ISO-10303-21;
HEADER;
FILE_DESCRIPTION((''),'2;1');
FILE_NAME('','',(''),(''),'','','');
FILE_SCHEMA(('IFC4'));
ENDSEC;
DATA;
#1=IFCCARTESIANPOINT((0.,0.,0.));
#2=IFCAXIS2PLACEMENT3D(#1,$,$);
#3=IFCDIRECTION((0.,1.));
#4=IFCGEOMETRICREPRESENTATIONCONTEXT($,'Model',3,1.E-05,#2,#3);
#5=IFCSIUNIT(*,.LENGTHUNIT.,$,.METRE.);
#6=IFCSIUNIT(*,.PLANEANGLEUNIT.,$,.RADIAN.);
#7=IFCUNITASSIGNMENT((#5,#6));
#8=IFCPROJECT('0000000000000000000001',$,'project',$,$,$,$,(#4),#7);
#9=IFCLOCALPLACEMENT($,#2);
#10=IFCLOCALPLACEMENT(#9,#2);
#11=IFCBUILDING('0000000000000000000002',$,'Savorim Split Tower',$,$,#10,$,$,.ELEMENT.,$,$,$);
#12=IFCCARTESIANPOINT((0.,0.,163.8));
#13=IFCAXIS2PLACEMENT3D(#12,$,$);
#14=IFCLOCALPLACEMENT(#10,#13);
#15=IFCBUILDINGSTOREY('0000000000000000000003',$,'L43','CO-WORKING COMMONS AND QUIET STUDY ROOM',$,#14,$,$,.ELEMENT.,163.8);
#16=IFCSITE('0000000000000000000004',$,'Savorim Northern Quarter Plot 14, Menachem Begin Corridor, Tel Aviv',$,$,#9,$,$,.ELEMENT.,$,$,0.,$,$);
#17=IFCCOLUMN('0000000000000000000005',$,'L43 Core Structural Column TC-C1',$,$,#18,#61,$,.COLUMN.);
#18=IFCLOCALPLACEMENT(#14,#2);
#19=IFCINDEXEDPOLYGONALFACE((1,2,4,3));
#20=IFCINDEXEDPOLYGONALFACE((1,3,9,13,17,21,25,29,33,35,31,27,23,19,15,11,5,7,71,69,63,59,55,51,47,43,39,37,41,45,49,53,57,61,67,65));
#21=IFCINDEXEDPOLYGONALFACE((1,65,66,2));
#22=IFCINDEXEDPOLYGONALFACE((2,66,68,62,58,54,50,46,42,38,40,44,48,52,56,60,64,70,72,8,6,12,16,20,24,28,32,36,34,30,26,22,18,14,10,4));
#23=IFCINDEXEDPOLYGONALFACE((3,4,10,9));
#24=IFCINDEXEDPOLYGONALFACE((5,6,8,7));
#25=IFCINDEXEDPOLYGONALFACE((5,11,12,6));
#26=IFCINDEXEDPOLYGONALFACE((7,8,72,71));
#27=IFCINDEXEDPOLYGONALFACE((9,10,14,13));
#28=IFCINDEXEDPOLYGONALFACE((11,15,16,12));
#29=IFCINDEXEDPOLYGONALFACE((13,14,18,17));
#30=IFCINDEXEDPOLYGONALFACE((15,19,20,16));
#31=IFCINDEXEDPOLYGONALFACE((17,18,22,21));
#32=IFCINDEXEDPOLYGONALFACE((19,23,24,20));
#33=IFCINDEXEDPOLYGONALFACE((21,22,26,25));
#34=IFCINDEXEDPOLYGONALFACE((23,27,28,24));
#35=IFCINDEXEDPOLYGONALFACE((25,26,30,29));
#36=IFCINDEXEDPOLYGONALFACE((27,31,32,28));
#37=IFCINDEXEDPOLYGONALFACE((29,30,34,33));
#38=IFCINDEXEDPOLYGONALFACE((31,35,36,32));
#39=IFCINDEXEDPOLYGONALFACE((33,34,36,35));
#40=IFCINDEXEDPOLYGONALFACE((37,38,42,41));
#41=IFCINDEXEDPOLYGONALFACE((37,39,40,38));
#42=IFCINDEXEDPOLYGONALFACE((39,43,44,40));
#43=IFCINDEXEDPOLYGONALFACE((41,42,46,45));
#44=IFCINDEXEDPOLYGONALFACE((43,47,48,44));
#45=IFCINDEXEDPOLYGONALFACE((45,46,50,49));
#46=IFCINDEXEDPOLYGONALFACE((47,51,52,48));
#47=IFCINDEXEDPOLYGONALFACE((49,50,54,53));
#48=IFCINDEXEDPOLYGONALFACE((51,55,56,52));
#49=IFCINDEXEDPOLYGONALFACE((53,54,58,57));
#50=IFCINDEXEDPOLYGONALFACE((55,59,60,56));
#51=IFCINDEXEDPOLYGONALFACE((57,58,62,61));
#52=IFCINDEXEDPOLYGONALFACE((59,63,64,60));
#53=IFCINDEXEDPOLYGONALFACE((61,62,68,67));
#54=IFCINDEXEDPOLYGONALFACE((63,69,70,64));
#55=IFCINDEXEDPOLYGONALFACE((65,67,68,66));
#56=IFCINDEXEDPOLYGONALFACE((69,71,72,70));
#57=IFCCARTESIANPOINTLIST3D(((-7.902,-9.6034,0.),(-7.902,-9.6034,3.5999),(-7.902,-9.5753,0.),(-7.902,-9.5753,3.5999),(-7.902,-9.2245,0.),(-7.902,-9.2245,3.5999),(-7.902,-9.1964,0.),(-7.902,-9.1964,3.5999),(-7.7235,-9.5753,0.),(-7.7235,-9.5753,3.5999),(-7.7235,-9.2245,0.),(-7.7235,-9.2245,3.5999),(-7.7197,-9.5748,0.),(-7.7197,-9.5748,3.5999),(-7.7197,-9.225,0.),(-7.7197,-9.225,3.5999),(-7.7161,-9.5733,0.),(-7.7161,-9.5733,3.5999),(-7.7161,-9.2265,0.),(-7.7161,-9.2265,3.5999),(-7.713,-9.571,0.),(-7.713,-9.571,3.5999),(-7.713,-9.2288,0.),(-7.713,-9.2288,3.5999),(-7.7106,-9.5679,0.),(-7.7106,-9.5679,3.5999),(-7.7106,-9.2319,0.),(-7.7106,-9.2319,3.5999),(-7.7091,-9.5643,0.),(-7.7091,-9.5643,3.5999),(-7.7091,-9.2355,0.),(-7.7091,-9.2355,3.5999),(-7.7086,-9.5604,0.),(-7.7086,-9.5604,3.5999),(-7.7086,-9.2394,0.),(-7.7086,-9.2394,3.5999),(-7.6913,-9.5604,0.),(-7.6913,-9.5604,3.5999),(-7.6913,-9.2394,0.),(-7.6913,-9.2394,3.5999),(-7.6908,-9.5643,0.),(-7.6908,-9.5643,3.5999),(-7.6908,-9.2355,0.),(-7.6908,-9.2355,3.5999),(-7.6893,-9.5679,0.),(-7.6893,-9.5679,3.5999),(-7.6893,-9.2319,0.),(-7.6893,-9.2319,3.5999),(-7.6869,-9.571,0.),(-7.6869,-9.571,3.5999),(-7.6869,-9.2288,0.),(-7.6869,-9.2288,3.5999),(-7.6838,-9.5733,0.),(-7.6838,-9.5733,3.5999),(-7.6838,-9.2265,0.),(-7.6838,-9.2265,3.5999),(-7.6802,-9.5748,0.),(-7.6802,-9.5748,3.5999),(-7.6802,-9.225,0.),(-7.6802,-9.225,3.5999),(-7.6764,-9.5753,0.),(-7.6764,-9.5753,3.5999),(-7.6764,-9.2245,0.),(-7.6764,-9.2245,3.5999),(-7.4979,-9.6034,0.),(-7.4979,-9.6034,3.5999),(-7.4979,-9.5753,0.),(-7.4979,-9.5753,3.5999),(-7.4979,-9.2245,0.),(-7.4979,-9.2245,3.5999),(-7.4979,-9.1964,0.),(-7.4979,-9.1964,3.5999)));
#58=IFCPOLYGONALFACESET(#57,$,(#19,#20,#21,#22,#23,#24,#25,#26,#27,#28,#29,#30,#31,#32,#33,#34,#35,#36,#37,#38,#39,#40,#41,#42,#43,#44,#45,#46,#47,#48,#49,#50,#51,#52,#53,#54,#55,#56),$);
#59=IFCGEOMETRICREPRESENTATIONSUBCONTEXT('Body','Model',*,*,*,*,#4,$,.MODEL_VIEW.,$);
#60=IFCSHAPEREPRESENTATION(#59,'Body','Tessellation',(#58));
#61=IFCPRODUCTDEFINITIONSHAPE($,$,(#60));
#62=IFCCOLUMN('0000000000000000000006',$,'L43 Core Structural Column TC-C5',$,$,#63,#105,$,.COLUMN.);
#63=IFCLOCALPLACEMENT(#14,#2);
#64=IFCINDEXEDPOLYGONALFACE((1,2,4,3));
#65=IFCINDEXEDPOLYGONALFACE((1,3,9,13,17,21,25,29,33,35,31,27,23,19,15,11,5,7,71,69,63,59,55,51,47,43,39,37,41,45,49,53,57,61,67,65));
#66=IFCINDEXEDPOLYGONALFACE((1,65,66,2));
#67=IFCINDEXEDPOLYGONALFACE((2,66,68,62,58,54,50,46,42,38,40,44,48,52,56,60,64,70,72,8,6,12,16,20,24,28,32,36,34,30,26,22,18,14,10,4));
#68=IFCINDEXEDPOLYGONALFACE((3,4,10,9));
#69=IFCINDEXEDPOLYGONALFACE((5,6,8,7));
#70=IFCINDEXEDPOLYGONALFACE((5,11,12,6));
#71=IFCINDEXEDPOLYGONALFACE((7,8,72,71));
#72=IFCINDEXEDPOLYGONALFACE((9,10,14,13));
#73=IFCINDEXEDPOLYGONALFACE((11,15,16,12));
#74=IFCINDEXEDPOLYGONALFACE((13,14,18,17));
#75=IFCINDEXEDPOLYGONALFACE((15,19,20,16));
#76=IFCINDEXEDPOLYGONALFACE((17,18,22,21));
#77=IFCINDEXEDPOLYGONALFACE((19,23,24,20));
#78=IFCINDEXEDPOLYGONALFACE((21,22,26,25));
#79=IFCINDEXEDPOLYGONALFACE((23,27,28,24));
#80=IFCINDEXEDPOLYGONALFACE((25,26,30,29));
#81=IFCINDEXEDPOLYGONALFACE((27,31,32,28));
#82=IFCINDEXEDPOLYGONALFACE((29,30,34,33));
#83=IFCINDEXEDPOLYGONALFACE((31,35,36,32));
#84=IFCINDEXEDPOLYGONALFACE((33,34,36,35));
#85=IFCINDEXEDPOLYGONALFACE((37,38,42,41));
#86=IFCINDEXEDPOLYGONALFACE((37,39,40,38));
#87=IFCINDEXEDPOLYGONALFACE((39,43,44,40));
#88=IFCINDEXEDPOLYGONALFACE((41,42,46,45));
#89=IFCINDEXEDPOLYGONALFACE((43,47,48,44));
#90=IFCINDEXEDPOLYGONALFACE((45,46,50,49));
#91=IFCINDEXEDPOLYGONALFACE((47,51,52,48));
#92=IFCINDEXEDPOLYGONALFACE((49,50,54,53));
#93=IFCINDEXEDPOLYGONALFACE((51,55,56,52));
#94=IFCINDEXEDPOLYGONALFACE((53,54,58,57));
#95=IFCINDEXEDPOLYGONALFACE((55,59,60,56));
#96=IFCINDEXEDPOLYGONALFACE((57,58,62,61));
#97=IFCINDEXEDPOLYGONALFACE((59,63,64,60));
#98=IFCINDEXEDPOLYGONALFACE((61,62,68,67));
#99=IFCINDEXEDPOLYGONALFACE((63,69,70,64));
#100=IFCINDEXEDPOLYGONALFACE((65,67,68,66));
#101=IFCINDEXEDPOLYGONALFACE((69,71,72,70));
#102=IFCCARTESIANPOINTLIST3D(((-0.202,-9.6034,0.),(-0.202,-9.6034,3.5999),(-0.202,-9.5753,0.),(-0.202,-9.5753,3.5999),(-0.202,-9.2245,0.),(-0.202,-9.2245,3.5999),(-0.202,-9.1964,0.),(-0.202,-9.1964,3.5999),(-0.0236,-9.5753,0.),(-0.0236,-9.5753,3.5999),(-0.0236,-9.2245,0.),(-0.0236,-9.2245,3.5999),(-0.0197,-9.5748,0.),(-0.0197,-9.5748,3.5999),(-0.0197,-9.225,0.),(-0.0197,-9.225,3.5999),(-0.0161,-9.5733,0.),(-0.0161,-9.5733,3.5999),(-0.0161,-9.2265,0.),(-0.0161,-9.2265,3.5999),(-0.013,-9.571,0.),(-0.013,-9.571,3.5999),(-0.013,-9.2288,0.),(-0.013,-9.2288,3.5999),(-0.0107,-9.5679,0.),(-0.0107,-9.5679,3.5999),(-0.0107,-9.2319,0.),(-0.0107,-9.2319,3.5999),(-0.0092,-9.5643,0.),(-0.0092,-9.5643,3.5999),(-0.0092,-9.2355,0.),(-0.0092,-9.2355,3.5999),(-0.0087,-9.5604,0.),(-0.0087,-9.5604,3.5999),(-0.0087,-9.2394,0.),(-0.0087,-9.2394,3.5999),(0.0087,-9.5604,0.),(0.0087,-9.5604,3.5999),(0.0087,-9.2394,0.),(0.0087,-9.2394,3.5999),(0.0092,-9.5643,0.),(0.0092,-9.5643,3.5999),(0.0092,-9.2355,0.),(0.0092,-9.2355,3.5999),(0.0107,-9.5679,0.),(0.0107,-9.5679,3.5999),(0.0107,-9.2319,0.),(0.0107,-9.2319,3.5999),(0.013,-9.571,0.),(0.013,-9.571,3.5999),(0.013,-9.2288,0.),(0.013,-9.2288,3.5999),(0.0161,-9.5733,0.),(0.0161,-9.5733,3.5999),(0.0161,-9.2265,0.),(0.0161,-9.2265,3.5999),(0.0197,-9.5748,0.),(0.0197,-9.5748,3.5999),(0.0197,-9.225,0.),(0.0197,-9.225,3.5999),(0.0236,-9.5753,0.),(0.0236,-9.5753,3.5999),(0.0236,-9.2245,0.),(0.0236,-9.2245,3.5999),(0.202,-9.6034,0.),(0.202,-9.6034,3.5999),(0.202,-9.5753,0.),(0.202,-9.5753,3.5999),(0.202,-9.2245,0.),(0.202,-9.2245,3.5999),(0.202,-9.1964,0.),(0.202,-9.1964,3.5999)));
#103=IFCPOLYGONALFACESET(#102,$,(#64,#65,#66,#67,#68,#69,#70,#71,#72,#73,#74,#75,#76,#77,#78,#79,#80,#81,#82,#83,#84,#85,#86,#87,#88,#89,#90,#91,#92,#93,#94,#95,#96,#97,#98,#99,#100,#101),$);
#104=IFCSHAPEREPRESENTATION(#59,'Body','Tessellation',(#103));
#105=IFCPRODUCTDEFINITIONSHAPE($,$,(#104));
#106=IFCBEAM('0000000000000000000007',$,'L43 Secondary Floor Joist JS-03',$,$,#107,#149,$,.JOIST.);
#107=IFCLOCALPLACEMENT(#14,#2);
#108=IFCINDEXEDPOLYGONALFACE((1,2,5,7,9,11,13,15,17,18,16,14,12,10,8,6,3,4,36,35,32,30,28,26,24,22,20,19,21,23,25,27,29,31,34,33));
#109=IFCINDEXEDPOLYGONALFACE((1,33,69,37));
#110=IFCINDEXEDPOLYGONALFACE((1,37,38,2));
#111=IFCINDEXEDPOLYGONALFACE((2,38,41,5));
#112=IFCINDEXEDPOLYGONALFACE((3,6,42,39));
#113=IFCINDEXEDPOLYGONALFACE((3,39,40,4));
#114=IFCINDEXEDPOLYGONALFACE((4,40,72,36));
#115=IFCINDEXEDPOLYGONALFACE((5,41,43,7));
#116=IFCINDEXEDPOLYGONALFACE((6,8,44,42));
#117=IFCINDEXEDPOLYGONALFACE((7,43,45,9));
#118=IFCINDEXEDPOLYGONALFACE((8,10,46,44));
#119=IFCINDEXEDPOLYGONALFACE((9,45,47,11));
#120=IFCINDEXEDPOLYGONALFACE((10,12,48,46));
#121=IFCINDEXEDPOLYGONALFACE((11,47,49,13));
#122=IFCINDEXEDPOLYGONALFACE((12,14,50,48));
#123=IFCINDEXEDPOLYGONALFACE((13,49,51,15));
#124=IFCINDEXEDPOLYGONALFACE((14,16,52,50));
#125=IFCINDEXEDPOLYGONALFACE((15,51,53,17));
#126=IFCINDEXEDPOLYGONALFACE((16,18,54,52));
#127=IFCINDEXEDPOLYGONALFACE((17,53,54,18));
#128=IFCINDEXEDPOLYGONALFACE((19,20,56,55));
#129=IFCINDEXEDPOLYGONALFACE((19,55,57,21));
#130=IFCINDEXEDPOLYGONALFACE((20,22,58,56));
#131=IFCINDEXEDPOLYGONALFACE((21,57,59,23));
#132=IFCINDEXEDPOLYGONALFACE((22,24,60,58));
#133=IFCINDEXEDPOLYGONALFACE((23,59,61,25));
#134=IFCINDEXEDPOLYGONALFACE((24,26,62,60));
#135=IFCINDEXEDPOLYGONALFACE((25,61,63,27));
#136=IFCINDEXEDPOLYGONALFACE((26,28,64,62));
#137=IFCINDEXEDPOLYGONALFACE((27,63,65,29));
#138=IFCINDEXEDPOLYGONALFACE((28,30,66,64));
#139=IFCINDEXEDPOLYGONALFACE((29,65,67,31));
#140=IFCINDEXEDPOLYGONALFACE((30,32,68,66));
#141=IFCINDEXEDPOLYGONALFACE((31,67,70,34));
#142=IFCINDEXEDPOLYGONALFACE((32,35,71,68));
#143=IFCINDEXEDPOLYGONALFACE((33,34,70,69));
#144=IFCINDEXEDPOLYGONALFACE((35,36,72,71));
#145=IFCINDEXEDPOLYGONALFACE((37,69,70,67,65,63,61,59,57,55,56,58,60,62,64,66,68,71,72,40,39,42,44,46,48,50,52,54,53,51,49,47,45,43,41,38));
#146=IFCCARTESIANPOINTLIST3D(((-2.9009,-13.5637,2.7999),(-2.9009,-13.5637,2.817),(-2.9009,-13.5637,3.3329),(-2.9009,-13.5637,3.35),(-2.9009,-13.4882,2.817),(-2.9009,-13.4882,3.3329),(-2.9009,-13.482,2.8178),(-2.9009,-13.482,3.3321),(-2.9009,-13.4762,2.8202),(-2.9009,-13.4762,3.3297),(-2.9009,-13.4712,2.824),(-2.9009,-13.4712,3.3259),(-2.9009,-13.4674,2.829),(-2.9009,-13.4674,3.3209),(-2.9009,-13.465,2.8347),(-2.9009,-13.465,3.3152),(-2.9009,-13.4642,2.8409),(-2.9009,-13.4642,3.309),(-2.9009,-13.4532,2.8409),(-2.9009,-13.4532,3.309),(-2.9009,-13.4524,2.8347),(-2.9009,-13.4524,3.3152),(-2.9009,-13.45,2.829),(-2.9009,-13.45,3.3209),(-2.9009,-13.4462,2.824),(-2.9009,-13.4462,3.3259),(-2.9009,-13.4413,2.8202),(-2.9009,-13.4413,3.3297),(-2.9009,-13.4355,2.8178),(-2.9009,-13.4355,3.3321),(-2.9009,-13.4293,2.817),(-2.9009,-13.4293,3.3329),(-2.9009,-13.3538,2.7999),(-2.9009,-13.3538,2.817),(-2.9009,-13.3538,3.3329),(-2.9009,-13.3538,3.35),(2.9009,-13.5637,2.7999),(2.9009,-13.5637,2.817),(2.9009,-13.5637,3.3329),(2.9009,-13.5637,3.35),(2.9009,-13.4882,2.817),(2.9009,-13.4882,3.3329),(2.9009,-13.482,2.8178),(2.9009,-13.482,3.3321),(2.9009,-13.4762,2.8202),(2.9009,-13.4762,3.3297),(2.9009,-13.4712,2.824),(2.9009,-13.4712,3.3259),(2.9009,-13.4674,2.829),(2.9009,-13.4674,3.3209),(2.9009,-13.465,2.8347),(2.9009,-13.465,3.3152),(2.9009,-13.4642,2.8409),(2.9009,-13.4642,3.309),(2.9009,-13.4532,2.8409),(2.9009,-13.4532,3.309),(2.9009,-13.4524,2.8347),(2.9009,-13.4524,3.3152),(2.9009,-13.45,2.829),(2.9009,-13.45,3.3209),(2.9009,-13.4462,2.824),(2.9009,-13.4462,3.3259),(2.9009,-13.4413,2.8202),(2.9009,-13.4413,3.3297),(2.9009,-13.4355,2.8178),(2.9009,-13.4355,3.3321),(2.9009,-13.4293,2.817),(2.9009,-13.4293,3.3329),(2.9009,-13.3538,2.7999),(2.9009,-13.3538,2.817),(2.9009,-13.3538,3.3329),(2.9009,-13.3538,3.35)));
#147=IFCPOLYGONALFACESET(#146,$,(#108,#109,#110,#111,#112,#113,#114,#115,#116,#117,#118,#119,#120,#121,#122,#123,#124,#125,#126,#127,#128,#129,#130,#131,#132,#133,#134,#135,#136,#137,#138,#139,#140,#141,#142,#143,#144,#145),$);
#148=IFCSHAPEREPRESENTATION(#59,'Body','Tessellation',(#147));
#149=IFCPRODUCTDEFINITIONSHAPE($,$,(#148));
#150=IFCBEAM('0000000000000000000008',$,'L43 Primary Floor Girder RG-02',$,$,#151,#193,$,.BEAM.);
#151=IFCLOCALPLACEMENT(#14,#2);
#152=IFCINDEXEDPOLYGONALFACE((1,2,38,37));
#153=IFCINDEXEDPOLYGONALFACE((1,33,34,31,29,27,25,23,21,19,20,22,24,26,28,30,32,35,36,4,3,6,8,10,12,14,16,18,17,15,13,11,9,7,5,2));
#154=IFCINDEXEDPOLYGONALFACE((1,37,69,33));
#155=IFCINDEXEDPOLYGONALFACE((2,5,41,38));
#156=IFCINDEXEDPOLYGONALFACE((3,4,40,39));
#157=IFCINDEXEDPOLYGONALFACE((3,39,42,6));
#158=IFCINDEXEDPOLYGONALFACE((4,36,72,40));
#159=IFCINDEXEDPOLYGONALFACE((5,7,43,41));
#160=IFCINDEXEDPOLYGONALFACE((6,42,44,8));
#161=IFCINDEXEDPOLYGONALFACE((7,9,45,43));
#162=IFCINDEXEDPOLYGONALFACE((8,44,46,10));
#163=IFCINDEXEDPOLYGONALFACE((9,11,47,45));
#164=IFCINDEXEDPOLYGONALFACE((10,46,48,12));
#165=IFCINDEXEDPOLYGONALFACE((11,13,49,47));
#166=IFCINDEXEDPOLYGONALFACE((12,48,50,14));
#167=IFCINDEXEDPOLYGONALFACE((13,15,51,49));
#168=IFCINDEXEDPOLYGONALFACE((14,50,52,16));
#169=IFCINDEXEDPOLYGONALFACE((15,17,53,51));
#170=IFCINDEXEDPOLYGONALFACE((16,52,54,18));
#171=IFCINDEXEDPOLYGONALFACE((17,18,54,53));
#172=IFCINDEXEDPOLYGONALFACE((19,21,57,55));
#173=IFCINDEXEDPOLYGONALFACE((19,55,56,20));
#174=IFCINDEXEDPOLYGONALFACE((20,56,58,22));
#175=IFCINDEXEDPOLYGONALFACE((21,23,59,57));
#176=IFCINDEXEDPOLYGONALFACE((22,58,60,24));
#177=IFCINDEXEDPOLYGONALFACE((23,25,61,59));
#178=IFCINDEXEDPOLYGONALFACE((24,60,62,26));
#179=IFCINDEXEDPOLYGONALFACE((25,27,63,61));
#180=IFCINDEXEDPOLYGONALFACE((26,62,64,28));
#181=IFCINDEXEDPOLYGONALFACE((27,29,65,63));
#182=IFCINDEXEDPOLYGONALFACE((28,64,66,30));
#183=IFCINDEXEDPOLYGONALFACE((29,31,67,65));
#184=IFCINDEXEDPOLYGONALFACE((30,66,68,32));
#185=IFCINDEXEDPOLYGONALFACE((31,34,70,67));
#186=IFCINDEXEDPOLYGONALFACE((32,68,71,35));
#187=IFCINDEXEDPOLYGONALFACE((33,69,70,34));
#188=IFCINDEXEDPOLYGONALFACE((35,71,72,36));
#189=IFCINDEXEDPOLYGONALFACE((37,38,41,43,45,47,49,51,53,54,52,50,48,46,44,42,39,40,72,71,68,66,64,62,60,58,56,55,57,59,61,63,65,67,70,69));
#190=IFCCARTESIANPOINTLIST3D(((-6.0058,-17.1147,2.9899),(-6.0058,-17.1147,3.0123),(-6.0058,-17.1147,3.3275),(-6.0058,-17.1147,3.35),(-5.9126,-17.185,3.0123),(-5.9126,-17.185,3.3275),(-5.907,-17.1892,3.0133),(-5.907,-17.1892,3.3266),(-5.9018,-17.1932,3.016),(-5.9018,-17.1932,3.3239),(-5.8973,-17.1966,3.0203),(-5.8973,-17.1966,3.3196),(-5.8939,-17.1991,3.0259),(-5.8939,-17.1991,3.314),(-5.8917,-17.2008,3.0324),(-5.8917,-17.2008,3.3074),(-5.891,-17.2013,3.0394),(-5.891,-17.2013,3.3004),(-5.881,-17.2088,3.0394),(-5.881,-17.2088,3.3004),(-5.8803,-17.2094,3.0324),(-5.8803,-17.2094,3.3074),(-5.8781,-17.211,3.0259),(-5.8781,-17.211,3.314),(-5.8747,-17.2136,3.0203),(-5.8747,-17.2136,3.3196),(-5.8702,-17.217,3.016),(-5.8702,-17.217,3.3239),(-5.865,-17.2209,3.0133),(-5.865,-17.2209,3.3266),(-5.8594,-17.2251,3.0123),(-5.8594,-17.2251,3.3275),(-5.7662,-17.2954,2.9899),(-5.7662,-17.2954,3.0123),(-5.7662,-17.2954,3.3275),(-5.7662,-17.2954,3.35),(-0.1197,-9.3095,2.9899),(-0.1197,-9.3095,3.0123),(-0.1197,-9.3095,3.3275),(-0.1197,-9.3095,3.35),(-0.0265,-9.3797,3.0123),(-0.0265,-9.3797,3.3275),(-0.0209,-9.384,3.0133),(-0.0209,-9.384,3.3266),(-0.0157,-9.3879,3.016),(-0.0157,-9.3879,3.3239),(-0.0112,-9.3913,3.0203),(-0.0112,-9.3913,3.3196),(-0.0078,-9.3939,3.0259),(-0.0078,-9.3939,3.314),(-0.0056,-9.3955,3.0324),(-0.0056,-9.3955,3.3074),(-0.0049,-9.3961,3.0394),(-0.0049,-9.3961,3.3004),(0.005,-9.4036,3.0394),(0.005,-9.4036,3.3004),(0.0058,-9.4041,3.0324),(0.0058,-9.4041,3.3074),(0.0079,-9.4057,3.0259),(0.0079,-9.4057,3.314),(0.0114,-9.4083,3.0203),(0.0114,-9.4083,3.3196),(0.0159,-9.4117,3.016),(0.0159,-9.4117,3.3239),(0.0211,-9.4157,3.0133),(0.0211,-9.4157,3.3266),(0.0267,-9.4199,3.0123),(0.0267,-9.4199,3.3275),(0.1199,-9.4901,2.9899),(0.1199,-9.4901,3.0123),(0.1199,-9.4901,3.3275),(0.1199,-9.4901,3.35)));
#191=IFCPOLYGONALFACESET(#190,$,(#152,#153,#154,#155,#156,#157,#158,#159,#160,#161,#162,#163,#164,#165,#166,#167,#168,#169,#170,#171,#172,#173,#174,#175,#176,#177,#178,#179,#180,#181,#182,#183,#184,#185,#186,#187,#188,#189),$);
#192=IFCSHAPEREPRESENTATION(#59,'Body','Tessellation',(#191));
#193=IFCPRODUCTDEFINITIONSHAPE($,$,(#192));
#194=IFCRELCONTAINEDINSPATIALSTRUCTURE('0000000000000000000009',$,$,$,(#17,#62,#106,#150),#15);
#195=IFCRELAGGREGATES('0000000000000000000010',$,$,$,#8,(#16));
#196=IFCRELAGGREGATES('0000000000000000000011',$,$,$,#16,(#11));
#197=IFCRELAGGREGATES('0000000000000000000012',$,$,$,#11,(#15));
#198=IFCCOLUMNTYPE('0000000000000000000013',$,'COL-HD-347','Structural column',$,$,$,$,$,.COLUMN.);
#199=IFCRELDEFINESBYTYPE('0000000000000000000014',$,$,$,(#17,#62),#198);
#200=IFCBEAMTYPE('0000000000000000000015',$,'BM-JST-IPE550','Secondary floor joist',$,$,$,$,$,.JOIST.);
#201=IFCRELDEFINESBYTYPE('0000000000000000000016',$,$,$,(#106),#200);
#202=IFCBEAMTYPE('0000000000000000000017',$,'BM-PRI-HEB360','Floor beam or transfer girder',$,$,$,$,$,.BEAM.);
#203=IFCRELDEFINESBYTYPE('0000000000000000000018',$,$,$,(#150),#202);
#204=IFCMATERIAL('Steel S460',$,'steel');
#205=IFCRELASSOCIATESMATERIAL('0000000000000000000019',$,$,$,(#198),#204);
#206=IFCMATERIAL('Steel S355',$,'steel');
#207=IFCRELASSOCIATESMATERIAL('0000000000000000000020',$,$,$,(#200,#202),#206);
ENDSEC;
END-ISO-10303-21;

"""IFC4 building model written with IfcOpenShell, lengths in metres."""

from ifc_helpers import new_model, si_unit, direction, frame, origin, origin_2d, place, context, subcontext, project, spatial, i_section, extrude, material, material_profile, profile_set, type_object, element, save


model = new_model("IFC4")

# Units and contexts
model_context = context("Model", 3, precision=1e-05, world=origin(), true_north=direction((0.0, 1.0)))
body_context = subcontext(model_context, "Body", "Model", "MODEL_VIEW")
ifc_project = project(units=[si_unit("LENGTHUNIT", "METRE"), si_unit("PLANEANGLEUNIT", "RADIAN")], contexts=[model_context])

# Site, building, storey
site_placement = place(None, origin())
site = spatial("IfcSite", under=ifc_project, at=site_placement, Name="Savorim Northern Quarter Plot 14, Menachem Begin Corridor, Tel Aviv", CompositionType="ELEMENT", RefElevation=0.0)
building_placement = place(site_placement, origin())
building = spatial("IfcBuilding", under=site, at=building_placement, Name="Savorim Split Tower", CompositionType="ELEMENT")
storey_placement = place(building_placement, frame((0.0, 0.0, 163.8)))
storey = spatial("IfcBuildingStorey", under=building, at=storey_placement, Name="L43", Description="CO-WORKING COMMONS AND QUIET STUDY ROOM", CompositionType="ELEMENT", Elevation=163.8)

# Columns
ifc_material_1 = material(Name="Steel S460", Category="steel")
ifc_material_profile_1 = material_profile(ifc_material_1, i_section(OverallWidth=0.4041, OverallDepth=0.407, WebThickness=0.0173, FlangeThickness=0.0281, FilletRadius=0.0149, at=origin_2d()), Name="HD 400x347")
ifc_profile_set_1 = profile_set([ifc_material_profile_1], Name="Steel S460")
column_type = type_object("IfcColumnType", Name="COL-HD-347", Description="Structural column", PredefinedType="COLUMN", material=ifc_profile_set_1)
for number, where, z_axis, x_axis, name in (
    (1, (-7.7, -9.3999, 0.0), (0.0, 0.0, 1.0), (1.0, 0.0, 0.0), "L43 Core Structural Column TC-C1"),
    (2, (0.0, -9.3999, 0.0), (0.0, 0.0, 1.0), (1.0, 0.0, 0.0), "L43 Core Structural Column TC-C5"),
):
    element("IfcColumn", number, at=place(storey_placement, frame(where, z_axis=z_axis, x_axis=x_axis)), inside=storey, type_object=column_type, Name=name, PredefinedType="COLUMN", context=body_context, shape_type="SweptSolid", body=[
        extrude(i_section(OverallWidth=0.4041, OverallDepth=0.407, WebThickness=0.0173, FlangeThickness=0.0281, FilletRadius=0.0149, at=origin_2d()), origin(), (0.0, 0.0, 1.0), 3.5999),
    ])

# Beams
ifc_material_2 = material(Name="Steel S355", Category="steel")
ifc_material_profile_2 = material_profile(ifc_material_2, i_section(OverallWidth=0.21, OverallDepth=0.55, WebThickness=0.011, FlangeThickness=0.0171, FilletRadius=0.0239, at=origin_2d()), Name="IPE 550")
ifc_profile_set_2 = profile_set([ifc_material_profile_2], Name="Steel S355")
beam_type_1 = type_object("IfcBeamType", Name="BM-JST-IPE550", Description="Secondary floor joist", PredefinedType="JOIST", material=ifc_profile_set_2)
beam_1_placement = place(storey_placement, frame((-2.9009, -13.4587, 3.075), z_axis=(1.0, 0.0, 0.0), x_axis=(0.0, 1.0, 0.0)))
element("IfcBeam", 3, at=beam_1_placement, inside=storey, type_object=beam_type_1, Name="L43 Secondary Floor Joist JS-03", PredefinedType="JOIST", context=body_context, shape_type="SweptSolid", body=[
    extrude(i_section(OverallWidth=0.21, OverallDepth=0.55, WebThickness=0.011, FlangeThickness=0.0171, FilletRadius=0.0239, at=origin_2d()), origin(), (0.0, 0.0, 1.0), 5.8018),
])
ifc_material_profile_3 = material_profile(ifc_material_2, i_section(OverallWidth=0.3, OverallDepth=0.3601, WebThickness=0.0125, FlangeThickness=0.0225, FilletRadius=0.0271, at=origin_2d()), Name="HEB 360")
ifc_profile_set_3 = profile_set([ifc_material_profile_3], Name="Steel S355")
beam_type_2 = type_object("IfcBeamType", Name="BM-PRI-HEB360", Description="Floor beam or transfer girder", PredefinedType="BEAM", material=ifc_profile_set_3)
beam_2_placement = place(storey_placement, frame((-5.886, -17.2051, 3.1699), z_axis=(0.6021, 0.798421, 0.0), x_axis=(-0.798421, 0.6021, 0.0)))
element("IfcBeam", 4, at=beam_2_placement, inside=storey, type_object=beam_type_2, Name="L43 Primary Floor Girder RG-02", PredefinedType="BEAM", context=body_context, shape_type="SweptSolid", body=[
    extrude(i_section(OverallWidth=0.3, OverallDepth=0.3601, WebThickness=0.0125, FlangeThickness=0.0225, FilletRadius=0.0271, at=origin_2d()), origin(), (0.0, 0.0, 1.0), 9.7759),
])

save(model, "model.ifc")
